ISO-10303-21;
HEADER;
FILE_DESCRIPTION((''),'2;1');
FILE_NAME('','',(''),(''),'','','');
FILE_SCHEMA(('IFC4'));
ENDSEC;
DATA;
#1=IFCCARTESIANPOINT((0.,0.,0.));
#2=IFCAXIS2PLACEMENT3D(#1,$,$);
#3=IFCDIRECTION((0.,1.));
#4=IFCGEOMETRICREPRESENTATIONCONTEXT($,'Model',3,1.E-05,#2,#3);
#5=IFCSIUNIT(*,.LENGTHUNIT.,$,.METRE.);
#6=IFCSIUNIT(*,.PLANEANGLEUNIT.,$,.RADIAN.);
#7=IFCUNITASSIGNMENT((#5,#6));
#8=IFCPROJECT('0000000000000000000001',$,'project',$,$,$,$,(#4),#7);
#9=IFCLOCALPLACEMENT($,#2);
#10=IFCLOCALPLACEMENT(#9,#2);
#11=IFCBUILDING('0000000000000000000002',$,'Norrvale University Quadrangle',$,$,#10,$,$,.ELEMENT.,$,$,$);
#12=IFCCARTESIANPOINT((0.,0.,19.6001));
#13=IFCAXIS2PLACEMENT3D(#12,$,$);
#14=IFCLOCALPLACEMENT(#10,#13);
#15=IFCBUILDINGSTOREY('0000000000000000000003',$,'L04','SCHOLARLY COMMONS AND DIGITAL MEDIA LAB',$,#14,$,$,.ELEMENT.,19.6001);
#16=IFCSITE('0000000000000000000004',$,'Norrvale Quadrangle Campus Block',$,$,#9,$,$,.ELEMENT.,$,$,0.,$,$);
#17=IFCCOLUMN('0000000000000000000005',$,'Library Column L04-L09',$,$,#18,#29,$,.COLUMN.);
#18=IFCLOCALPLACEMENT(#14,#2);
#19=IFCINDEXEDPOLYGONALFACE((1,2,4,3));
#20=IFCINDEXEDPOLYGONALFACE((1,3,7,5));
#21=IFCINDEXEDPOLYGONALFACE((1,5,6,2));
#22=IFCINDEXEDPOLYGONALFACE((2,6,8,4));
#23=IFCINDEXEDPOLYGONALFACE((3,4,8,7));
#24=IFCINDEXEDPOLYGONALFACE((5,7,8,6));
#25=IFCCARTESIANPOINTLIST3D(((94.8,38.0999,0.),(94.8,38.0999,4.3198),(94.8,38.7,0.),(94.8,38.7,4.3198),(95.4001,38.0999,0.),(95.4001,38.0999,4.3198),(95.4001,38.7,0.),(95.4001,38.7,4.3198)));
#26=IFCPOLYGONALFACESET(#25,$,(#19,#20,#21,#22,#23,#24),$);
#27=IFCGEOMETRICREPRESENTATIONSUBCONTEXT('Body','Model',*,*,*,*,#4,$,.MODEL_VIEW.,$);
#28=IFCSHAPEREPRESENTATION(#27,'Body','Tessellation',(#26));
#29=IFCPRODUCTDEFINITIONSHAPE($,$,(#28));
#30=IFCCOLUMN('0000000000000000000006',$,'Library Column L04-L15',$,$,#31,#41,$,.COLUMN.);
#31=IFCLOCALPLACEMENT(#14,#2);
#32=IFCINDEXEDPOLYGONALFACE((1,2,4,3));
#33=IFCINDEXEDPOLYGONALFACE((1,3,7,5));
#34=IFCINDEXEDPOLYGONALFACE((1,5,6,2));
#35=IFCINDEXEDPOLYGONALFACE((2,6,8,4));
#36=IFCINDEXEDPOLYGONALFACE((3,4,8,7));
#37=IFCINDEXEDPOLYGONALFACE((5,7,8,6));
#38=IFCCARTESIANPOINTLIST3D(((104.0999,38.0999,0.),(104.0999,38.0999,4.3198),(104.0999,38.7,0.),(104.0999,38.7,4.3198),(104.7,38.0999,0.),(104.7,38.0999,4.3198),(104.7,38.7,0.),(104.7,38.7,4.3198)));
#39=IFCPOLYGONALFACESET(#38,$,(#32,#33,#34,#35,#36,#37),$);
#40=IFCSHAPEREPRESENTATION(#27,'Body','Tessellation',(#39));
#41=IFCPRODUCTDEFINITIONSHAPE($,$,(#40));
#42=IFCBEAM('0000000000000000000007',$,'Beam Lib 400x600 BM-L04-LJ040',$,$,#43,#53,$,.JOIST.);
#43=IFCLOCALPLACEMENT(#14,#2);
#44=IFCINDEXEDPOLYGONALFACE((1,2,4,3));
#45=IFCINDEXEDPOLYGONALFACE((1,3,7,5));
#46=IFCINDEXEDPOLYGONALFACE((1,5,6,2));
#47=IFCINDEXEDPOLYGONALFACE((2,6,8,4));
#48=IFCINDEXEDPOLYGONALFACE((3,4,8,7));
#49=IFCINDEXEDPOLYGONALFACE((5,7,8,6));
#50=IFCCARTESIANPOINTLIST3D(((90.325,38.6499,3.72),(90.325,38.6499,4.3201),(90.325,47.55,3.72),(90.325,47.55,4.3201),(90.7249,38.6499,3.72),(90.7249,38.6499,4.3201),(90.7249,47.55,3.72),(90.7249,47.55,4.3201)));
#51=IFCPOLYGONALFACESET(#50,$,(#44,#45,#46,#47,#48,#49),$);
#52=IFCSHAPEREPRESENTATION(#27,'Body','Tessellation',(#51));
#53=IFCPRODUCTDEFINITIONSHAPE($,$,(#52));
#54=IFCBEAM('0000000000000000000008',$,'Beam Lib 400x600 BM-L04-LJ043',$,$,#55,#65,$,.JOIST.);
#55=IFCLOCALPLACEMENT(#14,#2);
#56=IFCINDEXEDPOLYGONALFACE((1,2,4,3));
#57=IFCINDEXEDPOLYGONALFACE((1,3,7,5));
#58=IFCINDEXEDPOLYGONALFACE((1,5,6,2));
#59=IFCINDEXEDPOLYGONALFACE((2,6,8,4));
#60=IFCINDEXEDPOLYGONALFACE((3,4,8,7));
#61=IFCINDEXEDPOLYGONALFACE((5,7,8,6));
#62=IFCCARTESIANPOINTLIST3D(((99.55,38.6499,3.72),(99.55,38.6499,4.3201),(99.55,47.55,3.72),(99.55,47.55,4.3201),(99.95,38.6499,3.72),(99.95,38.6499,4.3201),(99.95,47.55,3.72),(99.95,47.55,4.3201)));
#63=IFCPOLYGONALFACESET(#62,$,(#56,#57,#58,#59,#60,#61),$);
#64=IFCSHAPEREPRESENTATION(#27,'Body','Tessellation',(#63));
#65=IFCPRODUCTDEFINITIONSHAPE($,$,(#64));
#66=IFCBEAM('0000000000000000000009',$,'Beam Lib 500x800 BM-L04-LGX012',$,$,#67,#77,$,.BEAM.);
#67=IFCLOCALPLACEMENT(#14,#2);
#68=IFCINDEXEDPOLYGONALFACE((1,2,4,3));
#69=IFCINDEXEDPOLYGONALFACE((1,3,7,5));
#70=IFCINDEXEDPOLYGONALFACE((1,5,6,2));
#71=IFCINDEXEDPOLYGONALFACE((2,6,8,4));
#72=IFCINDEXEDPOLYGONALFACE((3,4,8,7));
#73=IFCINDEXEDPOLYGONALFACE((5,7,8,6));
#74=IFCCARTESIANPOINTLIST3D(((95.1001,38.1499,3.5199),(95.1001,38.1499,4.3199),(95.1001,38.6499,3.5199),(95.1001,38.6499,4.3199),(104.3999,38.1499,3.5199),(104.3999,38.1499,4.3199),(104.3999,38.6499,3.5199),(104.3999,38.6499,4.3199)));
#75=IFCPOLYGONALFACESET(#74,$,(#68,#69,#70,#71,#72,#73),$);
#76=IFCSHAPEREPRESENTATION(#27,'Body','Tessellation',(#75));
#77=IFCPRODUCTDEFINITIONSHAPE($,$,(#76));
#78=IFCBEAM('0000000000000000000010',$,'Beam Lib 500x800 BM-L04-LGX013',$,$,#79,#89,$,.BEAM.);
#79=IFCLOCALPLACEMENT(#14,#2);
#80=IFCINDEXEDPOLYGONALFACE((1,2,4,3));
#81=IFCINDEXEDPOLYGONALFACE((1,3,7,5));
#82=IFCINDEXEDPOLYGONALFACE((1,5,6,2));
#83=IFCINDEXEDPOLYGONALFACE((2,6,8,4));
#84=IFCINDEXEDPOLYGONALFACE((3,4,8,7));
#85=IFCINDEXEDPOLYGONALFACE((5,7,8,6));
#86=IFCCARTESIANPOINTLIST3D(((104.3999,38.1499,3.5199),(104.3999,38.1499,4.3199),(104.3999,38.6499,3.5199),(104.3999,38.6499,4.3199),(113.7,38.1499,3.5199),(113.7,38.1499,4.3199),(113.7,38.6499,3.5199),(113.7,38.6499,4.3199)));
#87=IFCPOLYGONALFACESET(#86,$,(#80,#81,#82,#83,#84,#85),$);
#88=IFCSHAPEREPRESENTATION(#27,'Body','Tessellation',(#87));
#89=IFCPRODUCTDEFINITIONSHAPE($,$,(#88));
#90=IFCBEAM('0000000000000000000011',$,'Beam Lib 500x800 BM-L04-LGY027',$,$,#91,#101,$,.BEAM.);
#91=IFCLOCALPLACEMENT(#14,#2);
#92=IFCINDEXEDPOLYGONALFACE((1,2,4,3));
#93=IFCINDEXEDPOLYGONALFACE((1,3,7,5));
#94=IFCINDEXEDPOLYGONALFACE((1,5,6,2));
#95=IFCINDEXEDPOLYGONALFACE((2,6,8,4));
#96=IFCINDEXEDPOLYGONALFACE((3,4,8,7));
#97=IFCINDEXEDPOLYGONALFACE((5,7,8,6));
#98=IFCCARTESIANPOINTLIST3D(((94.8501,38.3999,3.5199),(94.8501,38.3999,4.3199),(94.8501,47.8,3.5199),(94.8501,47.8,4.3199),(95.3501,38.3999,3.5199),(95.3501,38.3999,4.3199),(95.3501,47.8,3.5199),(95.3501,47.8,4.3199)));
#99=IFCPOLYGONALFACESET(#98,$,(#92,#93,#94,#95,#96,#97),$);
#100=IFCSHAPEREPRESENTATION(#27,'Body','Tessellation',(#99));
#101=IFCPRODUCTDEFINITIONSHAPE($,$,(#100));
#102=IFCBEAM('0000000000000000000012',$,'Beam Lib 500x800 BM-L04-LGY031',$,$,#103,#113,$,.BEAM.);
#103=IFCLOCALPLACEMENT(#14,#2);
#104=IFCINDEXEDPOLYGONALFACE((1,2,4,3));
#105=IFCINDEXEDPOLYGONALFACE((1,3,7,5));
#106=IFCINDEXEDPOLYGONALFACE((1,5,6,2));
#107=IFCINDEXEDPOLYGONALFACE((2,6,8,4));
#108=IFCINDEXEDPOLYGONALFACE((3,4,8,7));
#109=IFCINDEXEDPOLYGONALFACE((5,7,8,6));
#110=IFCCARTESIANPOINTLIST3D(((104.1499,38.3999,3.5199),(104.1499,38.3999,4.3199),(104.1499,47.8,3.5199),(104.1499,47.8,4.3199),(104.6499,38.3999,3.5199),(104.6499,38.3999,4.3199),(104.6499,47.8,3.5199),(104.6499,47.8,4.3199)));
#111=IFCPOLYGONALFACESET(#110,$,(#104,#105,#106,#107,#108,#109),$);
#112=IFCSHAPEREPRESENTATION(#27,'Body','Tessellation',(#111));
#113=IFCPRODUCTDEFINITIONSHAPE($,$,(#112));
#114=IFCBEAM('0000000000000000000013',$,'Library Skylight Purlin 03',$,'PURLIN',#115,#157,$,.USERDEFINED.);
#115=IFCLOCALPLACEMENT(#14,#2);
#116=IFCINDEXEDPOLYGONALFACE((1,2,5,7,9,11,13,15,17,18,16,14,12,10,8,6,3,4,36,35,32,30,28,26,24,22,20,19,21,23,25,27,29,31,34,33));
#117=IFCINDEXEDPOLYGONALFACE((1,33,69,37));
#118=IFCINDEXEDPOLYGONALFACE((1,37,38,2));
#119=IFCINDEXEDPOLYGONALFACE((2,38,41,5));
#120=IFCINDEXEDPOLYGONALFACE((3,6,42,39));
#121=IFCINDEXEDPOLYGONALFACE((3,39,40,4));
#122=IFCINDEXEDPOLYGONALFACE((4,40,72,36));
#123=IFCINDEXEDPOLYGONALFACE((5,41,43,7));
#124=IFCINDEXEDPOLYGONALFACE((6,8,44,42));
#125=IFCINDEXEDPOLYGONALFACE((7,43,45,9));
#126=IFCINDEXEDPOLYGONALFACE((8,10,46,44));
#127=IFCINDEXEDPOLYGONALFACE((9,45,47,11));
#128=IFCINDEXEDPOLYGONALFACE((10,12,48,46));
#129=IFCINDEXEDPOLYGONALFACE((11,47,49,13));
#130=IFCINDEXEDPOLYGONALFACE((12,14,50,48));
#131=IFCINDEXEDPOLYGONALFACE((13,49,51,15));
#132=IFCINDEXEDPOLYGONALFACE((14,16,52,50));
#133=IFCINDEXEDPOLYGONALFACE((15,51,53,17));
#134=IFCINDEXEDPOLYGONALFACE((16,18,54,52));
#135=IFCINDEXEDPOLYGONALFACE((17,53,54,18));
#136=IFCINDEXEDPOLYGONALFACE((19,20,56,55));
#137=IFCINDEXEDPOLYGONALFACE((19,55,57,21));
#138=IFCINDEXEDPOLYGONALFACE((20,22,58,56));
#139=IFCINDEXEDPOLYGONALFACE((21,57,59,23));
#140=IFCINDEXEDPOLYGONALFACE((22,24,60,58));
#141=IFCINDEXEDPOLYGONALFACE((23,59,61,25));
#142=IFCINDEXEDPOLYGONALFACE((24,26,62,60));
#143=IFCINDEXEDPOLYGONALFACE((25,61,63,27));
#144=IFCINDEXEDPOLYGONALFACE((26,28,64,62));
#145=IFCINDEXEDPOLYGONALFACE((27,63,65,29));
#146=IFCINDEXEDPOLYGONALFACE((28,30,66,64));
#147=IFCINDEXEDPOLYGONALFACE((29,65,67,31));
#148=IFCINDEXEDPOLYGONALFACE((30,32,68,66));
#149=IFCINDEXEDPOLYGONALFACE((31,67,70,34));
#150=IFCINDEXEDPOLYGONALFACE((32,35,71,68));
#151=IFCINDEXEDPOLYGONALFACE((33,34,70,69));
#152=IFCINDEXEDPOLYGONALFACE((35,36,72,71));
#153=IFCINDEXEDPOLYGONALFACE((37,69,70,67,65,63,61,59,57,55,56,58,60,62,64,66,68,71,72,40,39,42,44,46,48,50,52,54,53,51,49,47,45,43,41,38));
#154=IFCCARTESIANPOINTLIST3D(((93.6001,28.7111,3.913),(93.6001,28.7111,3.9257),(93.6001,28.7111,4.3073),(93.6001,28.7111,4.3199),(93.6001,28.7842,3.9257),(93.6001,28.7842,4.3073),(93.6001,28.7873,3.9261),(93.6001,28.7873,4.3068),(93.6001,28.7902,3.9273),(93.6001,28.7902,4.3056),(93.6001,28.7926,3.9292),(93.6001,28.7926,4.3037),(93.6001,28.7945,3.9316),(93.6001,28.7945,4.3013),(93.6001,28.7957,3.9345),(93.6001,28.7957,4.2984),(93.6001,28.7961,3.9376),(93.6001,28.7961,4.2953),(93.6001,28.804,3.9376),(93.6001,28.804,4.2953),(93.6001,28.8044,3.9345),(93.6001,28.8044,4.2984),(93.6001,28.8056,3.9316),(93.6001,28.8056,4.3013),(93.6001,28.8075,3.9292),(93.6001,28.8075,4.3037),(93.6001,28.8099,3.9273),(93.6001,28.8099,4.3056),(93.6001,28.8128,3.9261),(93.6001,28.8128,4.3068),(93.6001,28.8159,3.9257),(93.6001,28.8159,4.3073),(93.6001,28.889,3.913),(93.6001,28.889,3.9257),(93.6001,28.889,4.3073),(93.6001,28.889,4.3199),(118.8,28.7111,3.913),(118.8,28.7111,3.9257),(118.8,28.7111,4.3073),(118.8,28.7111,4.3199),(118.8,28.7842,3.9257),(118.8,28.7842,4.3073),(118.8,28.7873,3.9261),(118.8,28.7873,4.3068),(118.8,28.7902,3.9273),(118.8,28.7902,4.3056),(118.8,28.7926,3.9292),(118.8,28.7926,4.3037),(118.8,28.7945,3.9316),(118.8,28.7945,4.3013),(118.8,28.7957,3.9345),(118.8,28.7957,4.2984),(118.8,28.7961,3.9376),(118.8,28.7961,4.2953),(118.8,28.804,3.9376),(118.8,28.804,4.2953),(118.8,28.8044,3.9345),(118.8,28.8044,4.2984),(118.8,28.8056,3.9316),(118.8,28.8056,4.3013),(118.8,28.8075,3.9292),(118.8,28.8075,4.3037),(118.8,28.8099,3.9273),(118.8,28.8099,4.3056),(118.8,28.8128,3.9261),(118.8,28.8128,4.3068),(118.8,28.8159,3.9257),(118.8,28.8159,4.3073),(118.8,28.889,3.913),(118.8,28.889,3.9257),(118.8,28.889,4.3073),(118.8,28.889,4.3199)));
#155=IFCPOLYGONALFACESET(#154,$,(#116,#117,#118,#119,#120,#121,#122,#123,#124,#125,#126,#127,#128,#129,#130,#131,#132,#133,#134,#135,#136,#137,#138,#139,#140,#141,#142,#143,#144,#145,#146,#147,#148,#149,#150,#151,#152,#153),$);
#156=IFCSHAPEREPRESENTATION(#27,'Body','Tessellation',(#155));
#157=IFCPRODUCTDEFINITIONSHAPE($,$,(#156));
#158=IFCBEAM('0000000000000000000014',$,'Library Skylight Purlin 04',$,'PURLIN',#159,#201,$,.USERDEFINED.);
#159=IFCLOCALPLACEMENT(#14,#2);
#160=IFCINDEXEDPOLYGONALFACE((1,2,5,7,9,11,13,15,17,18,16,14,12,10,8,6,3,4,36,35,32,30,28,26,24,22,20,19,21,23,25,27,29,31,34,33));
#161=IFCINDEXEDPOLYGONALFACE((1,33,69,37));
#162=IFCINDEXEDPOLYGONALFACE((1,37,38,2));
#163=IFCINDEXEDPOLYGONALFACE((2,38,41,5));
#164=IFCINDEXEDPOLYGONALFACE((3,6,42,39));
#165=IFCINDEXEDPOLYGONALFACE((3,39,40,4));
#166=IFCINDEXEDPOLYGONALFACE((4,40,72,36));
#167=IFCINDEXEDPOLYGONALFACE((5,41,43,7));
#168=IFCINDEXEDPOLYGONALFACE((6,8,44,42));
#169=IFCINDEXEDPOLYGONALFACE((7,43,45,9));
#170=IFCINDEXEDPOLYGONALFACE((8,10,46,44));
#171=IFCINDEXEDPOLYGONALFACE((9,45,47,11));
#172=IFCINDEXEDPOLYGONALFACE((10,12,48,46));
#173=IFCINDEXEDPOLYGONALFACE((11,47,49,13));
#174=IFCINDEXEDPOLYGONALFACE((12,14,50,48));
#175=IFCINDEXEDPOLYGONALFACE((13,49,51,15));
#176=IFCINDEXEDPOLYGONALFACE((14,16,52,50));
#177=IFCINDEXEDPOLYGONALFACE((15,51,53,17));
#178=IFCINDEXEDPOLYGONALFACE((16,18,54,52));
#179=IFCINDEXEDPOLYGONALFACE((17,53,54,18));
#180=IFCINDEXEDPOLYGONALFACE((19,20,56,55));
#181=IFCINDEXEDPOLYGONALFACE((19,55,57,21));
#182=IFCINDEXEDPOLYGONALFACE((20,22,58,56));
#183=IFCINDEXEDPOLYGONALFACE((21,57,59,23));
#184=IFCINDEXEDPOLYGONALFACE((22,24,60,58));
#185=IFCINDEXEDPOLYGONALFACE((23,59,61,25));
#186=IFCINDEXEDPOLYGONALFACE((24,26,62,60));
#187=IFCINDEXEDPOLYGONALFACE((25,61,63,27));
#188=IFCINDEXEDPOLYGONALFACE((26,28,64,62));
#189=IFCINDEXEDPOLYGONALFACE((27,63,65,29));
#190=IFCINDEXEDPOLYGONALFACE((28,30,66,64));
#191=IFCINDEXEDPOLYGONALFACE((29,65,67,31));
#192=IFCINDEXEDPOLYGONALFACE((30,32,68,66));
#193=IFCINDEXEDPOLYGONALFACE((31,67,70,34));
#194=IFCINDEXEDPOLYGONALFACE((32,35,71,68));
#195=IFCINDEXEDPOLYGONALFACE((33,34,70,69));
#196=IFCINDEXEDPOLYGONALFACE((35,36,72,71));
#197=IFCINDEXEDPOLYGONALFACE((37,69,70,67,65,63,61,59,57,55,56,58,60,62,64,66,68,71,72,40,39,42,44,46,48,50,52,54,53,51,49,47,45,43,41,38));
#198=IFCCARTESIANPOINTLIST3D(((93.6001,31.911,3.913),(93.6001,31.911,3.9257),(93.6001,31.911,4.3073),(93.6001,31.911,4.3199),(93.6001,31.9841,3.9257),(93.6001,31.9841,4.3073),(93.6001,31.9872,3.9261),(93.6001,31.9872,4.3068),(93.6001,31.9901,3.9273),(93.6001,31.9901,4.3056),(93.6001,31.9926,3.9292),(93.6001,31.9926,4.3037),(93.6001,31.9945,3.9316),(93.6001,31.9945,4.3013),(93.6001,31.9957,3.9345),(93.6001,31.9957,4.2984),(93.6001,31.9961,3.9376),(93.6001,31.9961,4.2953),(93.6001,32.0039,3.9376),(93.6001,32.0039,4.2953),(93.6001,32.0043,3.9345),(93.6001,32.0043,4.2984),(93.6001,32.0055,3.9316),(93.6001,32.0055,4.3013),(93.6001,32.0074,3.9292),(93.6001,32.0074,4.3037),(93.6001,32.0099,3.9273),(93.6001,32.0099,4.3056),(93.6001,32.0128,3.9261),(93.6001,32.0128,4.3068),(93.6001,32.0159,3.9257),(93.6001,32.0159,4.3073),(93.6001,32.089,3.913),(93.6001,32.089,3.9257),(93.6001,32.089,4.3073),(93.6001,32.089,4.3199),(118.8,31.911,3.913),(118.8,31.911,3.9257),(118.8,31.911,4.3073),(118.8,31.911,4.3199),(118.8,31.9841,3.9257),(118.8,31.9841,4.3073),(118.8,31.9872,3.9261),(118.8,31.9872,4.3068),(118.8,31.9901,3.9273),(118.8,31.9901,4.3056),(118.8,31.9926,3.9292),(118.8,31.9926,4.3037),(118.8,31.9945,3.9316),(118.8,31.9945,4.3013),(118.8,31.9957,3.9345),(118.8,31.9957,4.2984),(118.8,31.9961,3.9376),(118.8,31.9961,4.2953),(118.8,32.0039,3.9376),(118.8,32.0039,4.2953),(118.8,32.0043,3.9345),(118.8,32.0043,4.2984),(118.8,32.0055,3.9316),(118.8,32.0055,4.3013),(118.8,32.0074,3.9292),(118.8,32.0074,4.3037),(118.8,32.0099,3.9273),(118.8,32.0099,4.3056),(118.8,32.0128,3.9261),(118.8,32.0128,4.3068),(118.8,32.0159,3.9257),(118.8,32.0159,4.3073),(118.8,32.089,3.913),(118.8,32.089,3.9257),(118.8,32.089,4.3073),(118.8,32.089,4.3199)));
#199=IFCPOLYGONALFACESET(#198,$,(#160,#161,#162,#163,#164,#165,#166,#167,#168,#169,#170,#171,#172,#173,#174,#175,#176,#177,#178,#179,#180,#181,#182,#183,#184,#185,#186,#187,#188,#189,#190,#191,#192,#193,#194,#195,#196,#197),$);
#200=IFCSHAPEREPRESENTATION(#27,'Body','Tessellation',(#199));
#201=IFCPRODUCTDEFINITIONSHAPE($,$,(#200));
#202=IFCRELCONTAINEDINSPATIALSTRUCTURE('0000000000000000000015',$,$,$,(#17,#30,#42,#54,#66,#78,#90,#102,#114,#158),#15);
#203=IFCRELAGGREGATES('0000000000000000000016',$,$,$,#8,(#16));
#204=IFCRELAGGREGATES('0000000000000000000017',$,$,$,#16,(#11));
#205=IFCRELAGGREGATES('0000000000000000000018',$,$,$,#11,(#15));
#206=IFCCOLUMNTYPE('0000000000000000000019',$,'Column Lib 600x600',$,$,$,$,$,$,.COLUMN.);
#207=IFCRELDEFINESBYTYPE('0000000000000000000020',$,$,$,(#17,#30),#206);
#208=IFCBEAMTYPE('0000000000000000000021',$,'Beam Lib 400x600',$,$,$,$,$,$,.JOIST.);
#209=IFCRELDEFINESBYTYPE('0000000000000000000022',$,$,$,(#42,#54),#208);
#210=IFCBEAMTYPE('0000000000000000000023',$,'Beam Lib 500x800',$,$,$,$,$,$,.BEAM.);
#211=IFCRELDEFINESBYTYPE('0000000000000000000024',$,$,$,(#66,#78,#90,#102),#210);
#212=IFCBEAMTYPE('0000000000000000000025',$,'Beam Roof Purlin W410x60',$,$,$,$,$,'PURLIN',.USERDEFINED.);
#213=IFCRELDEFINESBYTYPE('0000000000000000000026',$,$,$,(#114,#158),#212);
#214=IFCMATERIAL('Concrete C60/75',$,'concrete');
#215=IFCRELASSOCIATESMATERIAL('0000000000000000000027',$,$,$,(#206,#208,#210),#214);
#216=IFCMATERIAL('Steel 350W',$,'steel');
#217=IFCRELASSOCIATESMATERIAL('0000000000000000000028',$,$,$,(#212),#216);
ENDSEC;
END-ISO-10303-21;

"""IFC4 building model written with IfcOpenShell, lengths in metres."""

from ifc_helpers import new_model, si_unit, direction, frame, origin, origin_2d, place, context, subcontext, project, spatial, rectangle, i_section, extrude, material, material_profile, profile_set, type_object, element, save


model = new_model("IFC4")

# Units and contexts
model_context = context("Model", 3, precision=1e-05, world=origin(), true_north=direction((0.0, 1.0)))
body_context = subcontext(model_context, "Body", "Model", "MODEL_VIEW")
ifc_project = project(units=[si_unit("LENGTHUNIT", "METRE"), si_unit("PLANEANGLEUNIT", "RADIAN")], contexts=[model_context])

# Site, building, storey
site_placement = place(None, origin())
site = spatial("IfcSite", under=ifc_project, at=site_placement, Name="Norrvale Quadrangle Campus Block", CompositionType="ELEMENT", RefElevation=0.0)
building_placement = place(site_placement, origin())
building = spatial("IfcBuilding", under=site, at=building_placement, Name="Norrvale University Quadrangle", CompositionType="ELEMENT")
storey_placement = place(building_placement, frame((0.0, 0.0, 19.6001)))
storey = spatial("IfcBuildingStorey", under=building, at=storey_placement, Name="L04", Description="SCHOLARLY COMMONS AND DIGITAL MEDIA LAB", CompositionType="ELEMENT", Elevation=19.6001)

# Columns
ifc_material_1 = material(Name="Concrete C60/75", Category="concrete")
ifc_material_profile_1 = material_profile(ifc_material_1, rectangle(XDim=0.6001, YDim=0.6001, at=origin_2d()), Name="Concrete C60/75")
ifc_profile_set_1 = profile_set([ifc_material_profile_1], Name="Concrete C60/75")
column_type = type_object("IfcColumnType", Name="Column Lib 600x600", PredefinedType="COLUMN", material=ifc_profile_set_1)
for number, where, z_axis, x_axis, name in (
    (1, (95.1001, 38.3999, 0.0), (0.0, 0.0, 1.0), (1.0, 0.0, 0.0), "Library Column L04-L09"),
    (2, (104.3999, 38.3999, 0.0), (0.0, 0.0, 1.0), (1.0, 0.0, 0.0), "Library Column L04-L15"),
):
    element("IfcColumn", number, at=place(storey_placement, frame(where, z_axis=z_axis, x_axis=x_axis)), inside=storey, type_object=column_type, Name=name, PredefinedType="COLUMN", context=body_context, shape_type="SweptSolid", body=[
        extrude(rectangle(XDim=0.6001, YDim=0.6001, at=origin_2d()), origin(), (0.0, 0.0, 1.0), 4.3198),
    ])

# Beams
ifc_material_profile_2 = material_profile(ifc_material_1, rectangle(XDim=0.3999, YDim=0.6001, at=origin_2d()), Name="Concrete C60/75")
ifc_profile_set_2 = profile_set([ifc_material_profile_2], Name="Concrete C60/75")
beam_type_1 = type_object("IfcBeamType", Name="Beam Lib 400x600", PredefinedType="JOIST", material=ifc_profile_set_2)
for number, where, z_axis, x_axis, name in (
    (3, (90.5249, 38.6499, 4.02), (0.0, 1.0, 0.0), (-1.0, 0.0, 0.0), "Beam Lib 400x600 BM-L04-LJ040"),
    (4, (99.75, 38.6499, 4.02), (0.0, 1.0, 0.0), (-1.0, 0.0, 0.0), "Beam Lib 400x600 BM-L04-LJ043"),
):
    element("IfcBeam", number, at=place(storey_placement, frame(where, z_axis=z_axis, x_axis=x_axis)), inside=storey, type_object=beam_type_1, Name=name, PredefinedType="JOIST", context=body_context, shape_type="SweptSolid", body=[
        extrude(rectangle(XDim=0.3999, YDim=0.6001, at=origin_2d()), origin(), (0.0, 0.0, 1.0), 8.9001),
    ])
ifc_material_profile_3 = material_profile(ifc_material_1, rectangle(XDim=0.5, YDim=0.8, at=origin_2d()), Name="Concrete C60/75")
ifc_profile_set_3 = profile_set([ifc_material_profile_3], Name="Concrete C60/75")
beam_type_2 = type_object("IfcBeamType", Name="Beam Lib 500x800", PredefinedType="BEAM", material=ifc_profile_set_3)
beam_1_placement = place(storey_placement, frame((95.1001, 38.3999, 3.9199), z_axis=(1.0, 0.0, 0.0), x_axis=(0.0, 1.0, 0.0)))
element("IfcBeam", 5, at=beam_1_placement, inside=storey, type_object=beam_type_2, Name="Beam Lib 500x800 BM-L04-LGX012", PredefinedType="BEAM", context=body_context, shape_type="SweptSolid", body=[
    extrude(rectangle(XDim=0.5, YDim=0.8, at=origin_2d()), origin(), (0.0, 0.0, 1.0), 9.2998),
])
beam_2_placement = place(storey_placement, frame((104.3999, 38.3999, 3.9199), z_axis=(1.0, 0.0, 0.0), x_axis=(0.0, 1.0, 0.0)))
element("IfcBeam", 6, at=beam_2_placement, inside=storey, type_object=beam_type_2, Name="Beam Lib 500x800 BM-L04-LGX013", PredefinedType="BEAM", context=body_context, shape_type="SweptSolid", body=[
    extrude(rectangle(XDim=0.5, YDim=0.8, at=origin_2d()), origin(), (0.0, 0.0, 1.0), 9.3),
])
for number, where, z_axis, x_axis, name in (
    (7, (95.1001, 38.3999, 3.9199), (0.0, 1.0, 0.0), (-1.0, 0.0, 0.0), "Beam Lib 500x800 BM-L04-LGY027"),
    (8, (104.3999, 38.3999, 3.9199), (0.0, 1.0, 0.0), (-1.0, 0.0, 0.0), "Beam Lib 500x800 BM-L04-LGY031"),
):
    element("IfcBeam", number, at=place(storey_placement, frame(where, z_axis=z_axis, x_axis=x_axis)), inside=storey, type_object=beam_type_2, Name=name, PredefinedType="BEAM", context=body_context, shape_type="SweptSolid", body=[
        extrude(rectangle(XDim=0.5, YDim=0.8, at=origin_2d()), origin(), (0.0, 0.0, 1.0), 9.4001),
    ])
ifc_material_2 = material(Name="Steel 350W", Category="steel")
ifc_material_profile_4 = material_profile(ifc_material_2, i_section(OverallWidth=0.178, OverallDepth=0.407, WebThickness=0.0078, FlangeThickness=0.0127, FilletRadius=0.012, at=origin_2d()), Name="Steel 350W")
ifc_profile_set_4 = profile_set([ifc_material_profile_4], Name="Steel 350W")
beam_type_3 = type_object("IfcBeamType", Name="Beam Roof Purlin W410x60", ElementType="PURLIN", PredefinedType="USERDEFINED", material=ifc_profile_set_4)
for number, where, z_axis, x_axis, name in (
    (9, (93.6001, 28.8, 4.1165), (1.0, 0.0, 0.0), (0.0, 1.0, 0.0), "Library Skylight Purlin 03"),
    (10, (93.6001, 32.0, 4.1165), (1.0, 0.0, 0.0), (0.0, 1.0, 0.0), "Library Skylight Purlin 04"),
):
    element("IfcBeam", number, at=place(storey_placement, frame(where, z_axis=z_axis, x_axis=x_axis)), inside=storey, type_object=beam_type_3, Name=name, ObjectType="PURLIN", PredefinedType="USERDEFINED", context=body_context, shape_type="SweptSolid", body=[
        extrude(i_section(OverallWidth=0.178, OverallDepth=0.407, WebThickness=0.0078, FlangeThickness=0.0127, FilletRadius=0.012, at=origin_2d()), origin(), (0.0, 0.0, 1.0), 25.2),
    ])

save(model, "model.ifc")
